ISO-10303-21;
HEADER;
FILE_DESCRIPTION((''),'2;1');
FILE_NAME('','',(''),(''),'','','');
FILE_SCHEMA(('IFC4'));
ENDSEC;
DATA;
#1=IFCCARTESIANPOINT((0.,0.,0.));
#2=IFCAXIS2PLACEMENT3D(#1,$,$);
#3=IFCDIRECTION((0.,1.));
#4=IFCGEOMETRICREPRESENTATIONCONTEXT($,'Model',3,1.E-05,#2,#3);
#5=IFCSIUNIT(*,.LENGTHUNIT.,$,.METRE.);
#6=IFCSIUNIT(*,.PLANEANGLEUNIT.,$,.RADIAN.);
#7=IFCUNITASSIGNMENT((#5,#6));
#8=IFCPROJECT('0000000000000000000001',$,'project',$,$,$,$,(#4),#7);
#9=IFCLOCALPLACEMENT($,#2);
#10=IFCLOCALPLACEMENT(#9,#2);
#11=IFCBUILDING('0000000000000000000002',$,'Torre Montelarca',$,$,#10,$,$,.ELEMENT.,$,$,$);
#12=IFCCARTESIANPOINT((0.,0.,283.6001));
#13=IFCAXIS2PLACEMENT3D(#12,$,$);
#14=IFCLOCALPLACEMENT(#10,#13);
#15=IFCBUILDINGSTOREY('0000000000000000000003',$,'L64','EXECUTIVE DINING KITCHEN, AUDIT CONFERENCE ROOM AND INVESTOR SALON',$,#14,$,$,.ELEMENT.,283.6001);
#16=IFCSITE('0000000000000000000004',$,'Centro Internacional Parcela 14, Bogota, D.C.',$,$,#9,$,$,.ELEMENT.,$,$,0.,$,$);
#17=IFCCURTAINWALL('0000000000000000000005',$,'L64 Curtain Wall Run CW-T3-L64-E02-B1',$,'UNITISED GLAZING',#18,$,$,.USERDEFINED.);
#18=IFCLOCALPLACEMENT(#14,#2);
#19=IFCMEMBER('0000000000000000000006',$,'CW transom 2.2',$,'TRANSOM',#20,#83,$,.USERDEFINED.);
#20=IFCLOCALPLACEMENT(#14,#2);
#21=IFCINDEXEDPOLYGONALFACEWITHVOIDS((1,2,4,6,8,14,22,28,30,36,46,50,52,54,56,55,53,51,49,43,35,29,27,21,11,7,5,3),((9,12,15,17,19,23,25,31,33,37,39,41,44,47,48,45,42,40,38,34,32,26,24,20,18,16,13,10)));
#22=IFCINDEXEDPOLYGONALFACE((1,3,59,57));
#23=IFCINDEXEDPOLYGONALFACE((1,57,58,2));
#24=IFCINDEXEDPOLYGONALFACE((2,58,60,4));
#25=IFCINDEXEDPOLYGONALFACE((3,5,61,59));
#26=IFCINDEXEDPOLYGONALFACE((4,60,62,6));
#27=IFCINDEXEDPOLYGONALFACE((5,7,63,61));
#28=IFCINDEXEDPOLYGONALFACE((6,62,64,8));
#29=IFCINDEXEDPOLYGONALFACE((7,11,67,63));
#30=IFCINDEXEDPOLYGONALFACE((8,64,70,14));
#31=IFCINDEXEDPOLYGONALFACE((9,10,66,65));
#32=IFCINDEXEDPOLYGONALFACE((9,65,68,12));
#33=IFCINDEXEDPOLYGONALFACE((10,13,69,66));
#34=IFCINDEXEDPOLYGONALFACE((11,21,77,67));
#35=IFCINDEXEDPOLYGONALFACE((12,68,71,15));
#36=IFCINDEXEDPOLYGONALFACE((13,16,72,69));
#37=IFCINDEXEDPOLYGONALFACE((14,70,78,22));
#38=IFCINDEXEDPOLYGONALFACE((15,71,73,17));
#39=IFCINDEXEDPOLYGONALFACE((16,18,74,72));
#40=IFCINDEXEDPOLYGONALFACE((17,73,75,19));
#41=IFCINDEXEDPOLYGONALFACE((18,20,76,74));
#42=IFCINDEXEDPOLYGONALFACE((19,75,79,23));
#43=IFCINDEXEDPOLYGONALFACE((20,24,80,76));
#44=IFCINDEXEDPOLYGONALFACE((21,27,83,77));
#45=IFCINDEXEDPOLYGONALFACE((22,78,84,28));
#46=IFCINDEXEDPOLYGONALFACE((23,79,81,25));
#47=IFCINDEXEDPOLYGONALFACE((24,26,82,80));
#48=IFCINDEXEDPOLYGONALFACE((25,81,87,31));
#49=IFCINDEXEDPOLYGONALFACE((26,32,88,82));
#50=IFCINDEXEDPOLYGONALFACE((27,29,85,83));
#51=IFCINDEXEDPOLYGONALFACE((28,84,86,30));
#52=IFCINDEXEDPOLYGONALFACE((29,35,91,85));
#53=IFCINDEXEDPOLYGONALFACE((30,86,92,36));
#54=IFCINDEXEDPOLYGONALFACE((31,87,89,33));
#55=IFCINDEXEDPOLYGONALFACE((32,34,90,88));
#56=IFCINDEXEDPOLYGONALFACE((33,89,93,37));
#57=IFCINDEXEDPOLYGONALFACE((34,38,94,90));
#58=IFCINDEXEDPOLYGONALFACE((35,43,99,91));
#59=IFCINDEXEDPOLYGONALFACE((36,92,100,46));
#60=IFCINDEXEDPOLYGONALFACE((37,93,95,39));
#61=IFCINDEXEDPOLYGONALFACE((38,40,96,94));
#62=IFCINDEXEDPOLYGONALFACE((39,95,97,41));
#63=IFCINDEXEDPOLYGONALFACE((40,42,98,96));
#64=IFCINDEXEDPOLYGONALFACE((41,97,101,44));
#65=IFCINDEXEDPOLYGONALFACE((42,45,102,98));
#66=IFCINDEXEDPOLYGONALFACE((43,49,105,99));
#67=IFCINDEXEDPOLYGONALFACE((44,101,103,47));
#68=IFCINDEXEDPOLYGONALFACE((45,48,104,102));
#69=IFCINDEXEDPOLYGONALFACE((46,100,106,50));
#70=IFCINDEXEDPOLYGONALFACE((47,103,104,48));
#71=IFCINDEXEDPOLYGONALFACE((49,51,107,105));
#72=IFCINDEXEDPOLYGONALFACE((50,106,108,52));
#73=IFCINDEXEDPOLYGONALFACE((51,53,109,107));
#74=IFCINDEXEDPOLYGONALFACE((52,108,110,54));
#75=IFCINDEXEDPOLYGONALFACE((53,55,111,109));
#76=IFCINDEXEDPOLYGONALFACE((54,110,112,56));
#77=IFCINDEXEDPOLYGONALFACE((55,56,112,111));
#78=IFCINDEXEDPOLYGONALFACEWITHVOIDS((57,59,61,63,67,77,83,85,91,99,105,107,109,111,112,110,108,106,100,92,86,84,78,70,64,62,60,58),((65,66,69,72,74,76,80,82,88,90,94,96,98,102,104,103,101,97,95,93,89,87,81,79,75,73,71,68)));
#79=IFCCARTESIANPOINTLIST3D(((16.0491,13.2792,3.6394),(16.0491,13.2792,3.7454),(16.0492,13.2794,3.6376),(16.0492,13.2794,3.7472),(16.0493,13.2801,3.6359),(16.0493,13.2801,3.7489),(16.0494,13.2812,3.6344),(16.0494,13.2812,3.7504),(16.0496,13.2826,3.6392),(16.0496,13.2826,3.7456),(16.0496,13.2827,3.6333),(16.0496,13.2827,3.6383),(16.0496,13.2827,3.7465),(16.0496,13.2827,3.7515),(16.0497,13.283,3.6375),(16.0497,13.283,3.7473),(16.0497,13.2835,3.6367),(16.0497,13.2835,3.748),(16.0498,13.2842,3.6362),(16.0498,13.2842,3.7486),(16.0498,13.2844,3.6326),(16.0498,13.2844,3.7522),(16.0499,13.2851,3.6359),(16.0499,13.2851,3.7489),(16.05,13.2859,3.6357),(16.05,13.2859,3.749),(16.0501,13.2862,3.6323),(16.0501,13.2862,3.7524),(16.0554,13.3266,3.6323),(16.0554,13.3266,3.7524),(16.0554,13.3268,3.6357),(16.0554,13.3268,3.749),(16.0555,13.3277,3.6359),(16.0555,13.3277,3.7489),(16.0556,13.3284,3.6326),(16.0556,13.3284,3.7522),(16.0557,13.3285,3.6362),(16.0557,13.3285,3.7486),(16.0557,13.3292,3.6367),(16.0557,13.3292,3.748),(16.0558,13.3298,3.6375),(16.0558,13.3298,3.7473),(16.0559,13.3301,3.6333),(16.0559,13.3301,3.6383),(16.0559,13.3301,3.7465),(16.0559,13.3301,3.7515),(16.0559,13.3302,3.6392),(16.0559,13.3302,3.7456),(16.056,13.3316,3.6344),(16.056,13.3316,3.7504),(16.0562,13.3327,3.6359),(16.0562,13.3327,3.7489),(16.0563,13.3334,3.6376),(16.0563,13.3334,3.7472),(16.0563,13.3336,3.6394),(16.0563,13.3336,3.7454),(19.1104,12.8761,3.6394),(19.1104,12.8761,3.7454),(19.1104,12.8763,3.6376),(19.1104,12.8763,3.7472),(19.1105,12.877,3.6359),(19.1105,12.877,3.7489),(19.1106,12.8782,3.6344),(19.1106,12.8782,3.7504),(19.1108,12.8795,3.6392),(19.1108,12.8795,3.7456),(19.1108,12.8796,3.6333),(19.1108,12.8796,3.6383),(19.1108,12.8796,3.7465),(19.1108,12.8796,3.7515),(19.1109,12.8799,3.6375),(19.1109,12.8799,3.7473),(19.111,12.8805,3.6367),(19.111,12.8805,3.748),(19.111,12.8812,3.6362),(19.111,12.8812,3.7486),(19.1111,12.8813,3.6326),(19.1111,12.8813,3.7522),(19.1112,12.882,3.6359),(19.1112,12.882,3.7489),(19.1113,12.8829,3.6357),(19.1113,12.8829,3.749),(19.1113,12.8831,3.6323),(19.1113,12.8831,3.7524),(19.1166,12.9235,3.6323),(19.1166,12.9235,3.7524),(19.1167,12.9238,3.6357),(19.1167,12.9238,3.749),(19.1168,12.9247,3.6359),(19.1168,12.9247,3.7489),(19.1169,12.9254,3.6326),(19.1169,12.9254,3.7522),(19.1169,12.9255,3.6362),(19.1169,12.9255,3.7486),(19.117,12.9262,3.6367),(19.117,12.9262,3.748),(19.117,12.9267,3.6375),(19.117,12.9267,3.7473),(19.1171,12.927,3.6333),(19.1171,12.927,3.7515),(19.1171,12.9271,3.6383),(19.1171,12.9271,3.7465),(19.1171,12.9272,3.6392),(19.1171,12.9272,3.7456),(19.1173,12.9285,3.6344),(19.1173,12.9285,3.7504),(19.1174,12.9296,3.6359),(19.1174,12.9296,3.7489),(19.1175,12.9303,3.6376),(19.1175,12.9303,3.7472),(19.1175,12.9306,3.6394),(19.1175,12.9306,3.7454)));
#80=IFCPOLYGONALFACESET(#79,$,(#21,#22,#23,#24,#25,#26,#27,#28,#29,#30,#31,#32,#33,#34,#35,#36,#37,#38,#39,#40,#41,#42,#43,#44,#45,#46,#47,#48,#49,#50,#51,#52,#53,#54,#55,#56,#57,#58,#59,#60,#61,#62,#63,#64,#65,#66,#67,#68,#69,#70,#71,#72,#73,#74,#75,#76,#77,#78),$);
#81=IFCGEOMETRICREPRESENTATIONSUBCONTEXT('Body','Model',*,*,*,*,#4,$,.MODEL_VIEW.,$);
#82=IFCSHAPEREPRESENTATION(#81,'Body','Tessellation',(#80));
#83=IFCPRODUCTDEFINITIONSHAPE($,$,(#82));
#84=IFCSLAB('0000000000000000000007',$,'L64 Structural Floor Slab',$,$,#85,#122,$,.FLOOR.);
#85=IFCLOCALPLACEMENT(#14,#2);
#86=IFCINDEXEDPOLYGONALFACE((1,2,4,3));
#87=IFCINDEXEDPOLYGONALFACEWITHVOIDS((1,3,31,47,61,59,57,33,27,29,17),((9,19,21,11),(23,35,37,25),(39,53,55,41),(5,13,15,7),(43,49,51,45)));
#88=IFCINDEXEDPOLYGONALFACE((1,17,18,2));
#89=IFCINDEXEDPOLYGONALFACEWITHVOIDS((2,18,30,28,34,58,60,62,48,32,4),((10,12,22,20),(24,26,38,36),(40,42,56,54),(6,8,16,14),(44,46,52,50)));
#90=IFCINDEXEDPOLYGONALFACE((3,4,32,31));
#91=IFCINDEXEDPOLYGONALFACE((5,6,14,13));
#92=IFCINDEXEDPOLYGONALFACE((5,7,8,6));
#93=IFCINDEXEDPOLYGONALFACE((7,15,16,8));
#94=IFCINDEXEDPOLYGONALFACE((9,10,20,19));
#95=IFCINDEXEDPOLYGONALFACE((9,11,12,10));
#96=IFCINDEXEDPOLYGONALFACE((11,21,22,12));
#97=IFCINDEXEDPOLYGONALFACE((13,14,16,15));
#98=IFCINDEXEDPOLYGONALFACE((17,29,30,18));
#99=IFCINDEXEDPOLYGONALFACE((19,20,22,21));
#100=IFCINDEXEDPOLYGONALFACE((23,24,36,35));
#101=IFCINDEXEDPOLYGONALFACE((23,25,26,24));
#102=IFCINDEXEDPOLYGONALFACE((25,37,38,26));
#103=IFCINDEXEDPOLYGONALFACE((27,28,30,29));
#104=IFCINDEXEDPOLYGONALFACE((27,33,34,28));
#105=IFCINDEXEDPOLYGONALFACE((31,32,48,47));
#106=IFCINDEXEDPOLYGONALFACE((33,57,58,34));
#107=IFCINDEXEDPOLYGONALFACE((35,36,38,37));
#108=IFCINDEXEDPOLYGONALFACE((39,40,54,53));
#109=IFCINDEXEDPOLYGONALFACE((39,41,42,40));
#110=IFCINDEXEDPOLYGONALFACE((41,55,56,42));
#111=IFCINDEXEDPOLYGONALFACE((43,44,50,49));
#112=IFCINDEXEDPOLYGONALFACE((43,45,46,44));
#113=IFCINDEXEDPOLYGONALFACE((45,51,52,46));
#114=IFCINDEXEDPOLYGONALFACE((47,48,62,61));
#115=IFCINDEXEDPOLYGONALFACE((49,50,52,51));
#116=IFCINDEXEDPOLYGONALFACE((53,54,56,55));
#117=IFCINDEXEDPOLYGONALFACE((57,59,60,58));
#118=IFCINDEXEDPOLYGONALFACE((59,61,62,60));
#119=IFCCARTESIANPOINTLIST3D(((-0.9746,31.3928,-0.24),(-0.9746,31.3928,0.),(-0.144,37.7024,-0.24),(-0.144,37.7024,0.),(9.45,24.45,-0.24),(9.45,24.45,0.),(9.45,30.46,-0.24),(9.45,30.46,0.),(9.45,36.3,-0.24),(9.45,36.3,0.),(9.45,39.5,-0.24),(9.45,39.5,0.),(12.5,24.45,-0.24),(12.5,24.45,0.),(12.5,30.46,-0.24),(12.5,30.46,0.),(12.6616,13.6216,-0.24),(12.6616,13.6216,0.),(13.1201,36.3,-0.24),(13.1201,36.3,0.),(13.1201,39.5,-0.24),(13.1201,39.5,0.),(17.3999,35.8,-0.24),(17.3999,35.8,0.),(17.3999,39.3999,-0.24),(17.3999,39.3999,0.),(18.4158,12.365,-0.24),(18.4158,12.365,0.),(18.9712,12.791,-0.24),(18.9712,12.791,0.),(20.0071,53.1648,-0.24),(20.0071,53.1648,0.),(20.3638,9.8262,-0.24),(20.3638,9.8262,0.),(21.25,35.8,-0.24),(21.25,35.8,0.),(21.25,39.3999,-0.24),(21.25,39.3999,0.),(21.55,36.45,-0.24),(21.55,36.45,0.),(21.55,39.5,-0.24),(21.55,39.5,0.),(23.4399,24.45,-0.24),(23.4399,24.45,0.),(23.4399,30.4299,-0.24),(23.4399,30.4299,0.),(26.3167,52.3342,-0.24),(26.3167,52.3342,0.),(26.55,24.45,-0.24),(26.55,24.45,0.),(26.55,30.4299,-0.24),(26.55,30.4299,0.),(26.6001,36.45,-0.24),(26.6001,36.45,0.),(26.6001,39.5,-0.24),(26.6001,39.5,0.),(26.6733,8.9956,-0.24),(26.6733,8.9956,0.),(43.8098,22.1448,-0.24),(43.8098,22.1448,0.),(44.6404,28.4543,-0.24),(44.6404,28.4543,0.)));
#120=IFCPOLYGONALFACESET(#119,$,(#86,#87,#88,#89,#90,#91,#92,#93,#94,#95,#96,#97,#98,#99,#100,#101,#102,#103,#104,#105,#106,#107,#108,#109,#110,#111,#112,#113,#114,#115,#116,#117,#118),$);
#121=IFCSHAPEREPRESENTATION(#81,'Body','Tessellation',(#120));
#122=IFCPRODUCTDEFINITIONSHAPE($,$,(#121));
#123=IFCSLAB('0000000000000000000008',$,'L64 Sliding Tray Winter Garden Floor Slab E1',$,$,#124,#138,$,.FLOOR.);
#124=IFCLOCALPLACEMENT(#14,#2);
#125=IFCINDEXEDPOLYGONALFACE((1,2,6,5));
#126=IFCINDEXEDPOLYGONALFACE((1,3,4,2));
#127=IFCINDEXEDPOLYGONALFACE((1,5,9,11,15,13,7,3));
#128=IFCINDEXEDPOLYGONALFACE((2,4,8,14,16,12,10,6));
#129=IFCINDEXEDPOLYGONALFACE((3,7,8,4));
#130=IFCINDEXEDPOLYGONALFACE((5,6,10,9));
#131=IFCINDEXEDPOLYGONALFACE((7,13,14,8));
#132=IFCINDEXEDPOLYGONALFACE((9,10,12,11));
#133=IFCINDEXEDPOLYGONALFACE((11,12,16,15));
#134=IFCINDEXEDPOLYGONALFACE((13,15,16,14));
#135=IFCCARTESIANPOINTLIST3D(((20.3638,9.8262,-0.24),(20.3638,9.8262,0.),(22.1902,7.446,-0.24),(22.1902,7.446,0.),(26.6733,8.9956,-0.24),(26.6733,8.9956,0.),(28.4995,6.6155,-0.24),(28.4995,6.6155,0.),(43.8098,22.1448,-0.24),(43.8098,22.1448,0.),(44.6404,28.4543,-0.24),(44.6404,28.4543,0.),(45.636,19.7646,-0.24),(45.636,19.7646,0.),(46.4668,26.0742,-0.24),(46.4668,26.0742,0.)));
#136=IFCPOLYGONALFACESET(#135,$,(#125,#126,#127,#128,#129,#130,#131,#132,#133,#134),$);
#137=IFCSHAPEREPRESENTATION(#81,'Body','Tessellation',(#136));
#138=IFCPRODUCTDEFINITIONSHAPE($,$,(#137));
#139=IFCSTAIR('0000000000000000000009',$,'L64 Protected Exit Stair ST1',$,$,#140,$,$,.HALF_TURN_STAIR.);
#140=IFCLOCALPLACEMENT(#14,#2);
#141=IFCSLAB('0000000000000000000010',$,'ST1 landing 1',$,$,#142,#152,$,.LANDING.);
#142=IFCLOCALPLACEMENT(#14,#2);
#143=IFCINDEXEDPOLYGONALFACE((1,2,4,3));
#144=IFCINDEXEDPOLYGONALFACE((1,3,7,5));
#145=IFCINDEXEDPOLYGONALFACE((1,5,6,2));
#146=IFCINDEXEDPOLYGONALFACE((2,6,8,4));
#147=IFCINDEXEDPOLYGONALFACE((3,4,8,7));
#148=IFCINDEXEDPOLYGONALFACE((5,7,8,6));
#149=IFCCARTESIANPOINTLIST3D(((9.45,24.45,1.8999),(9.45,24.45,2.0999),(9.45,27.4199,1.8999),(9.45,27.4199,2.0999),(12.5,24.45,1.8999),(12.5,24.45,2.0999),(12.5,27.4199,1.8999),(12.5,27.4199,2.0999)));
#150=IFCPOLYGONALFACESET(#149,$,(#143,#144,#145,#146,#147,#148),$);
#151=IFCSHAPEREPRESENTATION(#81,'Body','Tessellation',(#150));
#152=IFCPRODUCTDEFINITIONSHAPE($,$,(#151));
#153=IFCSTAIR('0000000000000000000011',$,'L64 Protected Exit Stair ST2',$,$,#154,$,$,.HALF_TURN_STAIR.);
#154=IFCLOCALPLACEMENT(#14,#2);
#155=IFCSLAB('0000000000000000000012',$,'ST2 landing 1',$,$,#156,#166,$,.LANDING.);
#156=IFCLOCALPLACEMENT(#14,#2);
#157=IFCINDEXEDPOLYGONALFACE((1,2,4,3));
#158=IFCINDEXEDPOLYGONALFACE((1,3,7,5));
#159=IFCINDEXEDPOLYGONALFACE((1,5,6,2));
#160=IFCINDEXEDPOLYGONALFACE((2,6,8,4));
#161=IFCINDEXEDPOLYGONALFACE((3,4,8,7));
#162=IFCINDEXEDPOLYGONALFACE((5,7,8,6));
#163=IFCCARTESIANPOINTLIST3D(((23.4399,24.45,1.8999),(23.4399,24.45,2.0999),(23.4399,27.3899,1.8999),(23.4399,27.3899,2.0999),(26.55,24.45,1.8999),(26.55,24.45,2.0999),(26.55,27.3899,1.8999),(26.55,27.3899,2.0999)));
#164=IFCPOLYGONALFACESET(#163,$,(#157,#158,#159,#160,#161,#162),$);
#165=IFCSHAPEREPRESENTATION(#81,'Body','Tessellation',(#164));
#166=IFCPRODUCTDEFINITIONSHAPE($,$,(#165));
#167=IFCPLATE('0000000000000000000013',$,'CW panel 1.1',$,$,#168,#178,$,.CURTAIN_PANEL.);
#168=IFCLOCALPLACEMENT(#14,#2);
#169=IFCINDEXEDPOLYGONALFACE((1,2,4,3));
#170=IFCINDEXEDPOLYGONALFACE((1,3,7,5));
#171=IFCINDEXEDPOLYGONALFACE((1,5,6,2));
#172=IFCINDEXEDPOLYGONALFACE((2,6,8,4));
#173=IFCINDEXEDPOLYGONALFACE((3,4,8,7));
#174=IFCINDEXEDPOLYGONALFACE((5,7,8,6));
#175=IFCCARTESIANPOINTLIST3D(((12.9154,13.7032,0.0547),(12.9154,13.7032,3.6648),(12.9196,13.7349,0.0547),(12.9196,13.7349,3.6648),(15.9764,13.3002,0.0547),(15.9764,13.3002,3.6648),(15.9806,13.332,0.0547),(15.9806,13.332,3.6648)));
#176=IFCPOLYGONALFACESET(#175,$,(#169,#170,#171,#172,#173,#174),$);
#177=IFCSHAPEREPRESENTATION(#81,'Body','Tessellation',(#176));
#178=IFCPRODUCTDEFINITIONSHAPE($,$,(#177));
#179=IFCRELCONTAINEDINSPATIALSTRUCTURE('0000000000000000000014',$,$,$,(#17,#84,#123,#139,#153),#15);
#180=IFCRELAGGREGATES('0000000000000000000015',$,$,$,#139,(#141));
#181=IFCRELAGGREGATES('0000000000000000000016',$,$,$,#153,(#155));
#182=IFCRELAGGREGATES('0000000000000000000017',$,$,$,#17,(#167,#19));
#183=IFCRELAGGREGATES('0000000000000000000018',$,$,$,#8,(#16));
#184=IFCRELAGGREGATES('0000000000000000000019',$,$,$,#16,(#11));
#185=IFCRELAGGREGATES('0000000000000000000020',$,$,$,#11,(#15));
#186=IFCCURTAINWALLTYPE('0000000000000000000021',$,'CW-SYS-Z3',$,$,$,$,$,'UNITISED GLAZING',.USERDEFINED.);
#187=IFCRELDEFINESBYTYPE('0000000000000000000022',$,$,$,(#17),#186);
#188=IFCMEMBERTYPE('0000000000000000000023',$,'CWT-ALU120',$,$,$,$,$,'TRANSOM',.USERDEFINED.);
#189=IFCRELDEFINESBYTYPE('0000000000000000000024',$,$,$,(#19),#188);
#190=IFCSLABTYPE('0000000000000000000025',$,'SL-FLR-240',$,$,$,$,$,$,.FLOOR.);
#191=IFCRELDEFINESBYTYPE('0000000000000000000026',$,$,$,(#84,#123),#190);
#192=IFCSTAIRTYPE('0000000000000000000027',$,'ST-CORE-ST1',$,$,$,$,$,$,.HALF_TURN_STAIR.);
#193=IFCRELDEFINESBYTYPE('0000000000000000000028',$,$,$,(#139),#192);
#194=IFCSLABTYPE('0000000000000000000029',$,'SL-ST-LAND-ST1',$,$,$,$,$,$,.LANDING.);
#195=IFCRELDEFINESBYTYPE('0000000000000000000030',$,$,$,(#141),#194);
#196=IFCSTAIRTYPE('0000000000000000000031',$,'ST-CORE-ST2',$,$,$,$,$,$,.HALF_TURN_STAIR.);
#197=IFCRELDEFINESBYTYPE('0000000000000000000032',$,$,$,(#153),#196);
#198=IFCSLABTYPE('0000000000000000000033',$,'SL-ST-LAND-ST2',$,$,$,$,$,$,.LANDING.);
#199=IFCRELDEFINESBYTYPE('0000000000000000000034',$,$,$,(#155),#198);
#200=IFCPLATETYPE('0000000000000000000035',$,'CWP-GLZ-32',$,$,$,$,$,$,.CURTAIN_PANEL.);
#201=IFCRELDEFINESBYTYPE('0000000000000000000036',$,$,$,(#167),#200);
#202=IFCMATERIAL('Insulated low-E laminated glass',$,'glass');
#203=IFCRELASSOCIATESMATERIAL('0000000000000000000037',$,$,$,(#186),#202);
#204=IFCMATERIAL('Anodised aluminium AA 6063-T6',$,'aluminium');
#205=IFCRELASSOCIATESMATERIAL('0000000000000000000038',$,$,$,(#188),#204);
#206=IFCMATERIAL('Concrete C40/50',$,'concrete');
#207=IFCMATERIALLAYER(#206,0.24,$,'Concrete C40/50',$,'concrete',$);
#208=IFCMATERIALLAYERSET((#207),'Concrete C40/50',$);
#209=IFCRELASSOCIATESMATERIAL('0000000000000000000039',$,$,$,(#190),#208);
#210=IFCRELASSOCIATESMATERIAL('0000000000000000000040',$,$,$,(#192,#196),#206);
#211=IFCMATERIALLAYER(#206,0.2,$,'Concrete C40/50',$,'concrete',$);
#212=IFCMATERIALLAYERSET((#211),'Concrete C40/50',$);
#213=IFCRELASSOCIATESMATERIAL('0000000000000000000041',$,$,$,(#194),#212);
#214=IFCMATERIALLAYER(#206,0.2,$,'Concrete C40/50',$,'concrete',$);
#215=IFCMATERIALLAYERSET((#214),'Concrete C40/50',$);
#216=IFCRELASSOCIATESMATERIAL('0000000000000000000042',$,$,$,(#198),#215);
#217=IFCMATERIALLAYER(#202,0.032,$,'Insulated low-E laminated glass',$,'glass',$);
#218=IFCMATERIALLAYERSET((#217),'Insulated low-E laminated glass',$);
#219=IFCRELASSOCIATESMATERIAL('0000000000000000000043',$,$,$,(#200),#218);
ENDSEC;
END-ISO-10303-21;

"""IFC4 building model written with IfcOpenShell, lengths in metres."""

from ifc_helpers import new_model, si_unit, direction, frame, origin, origin_2d, place, context, subcontext, project, spatial, polyline, rectangle, hollow_rectangle, outline, extrude, source, transform, mapped, material, layer, layer_set, material_profile, profile_set, type_object, element, aggregate, save


model = new_model("IFC4")

# Units and contexts
model_context = context("Model", 3, precision=1e-05, world=origin(), true_north=direction((0.0, 1.0)))
body_context = subcontext(model_context, "Body", "Model", "MODEL_VIEW")
ifc_project = project(units=[si_unit("LENGTHUNIT", "METRE"), si_unit("PLANEANGLEUNIT", "RADIAN")], contexts=[model_context])

# Site, building, storey
site_placement = place(None, origin())
site = spatial("IfcSite", under=ifc_project, at=site_placement, Name="Centro Internacional Parcela 14, Bogota, D.C.", CompositionType="ELEMENT", RefElevation=0.0)
building_placement = place(site_placement, origin())
building = spatial("IfcBuilding", under=site, at=building_placement, Name="Torre Montelarca", CompositionType="ELEMENT")
storey_placement = place(building_placement, frame((0.0, 0.0, 283.6001)))
storey = spatial("IfcBuildingStorey", under=building, at=storey_placement, Name="L64", Description="EXECUTIVE DINING KITCHEN, AUDIT CONFERENCE ROOM AND INVESTOR SALON", CompositionType="ELEMENT", Elevation=283.6001)

# Curtain wall
ifc_material_1 = material(Name="Insulated low-E laminated glass", Category="glass")
curtain_wall_type = type_object("IfcCurtainWallType", Name="CW-SYS-Z3", ElementType="UNITISED GLAZING", PredefinedType="USERDEFINED", material=ifc_material_1)
curtain_wall_1_placement = place(storey_placement, origin())
curtain_wall_1 = element("IfcCurtainWall", 1, at=curtain_wall_1_placement, inside=storey, type_object=curtain_wall_type, Name="L64 Curtain Wall Run CW-T3-L64-E02-B1", ObjectType="UNITISED GLAZING", PredefinedType="USERDEFINED")
ifc_material_2 = material(Name="Anodised aluminium AA 6063-T6", Category="aluminium")
ifc_material_profile_1 = material_profile(ifc_material_2, hollow_rectangle(XDim=0.0549, YDim=0.1201, WallThickness=0.0034, InnerFilletRadius=0.0034, OuterFilletRadius=0.0071, at=origin_2d()), Name="ALU55X120X3.5", Category="aluminium")
ifc_profile_set_1 = profile_set([ifc_material_profile_1], Name="Anodised aluminium AA 6063-T6")
member_type_1 = type_object("IfcMemberType", Name="CWT-ALU120", ElementType="TRANSOM", PredefinedType="USERDEFINED", material=ifc_profile_set_1)

# Member
shared_shape_1 = source(origin(), body_context, "Body", "SweptSolid", [
    extrude(hollow_rectangle(XDim=0.0549, YDim=0.1201, WallThickness=0.0034, InnerFilletRadius=0.0034, OuterFilletRadius=0.0071, at=origin_2d()), origin(), (0.0, 0.0, 1.0), 3.0876),
])
member_1_placement = place(storey_placement, frame((16.0527, 13.3064, 3.6924), z_axis=(0.991443, -0.130542, 0.0), x_axis=(0.130542, 0.991443, 0.0)))
member_1 = element("IfcMember", 2, at=member_1_placement, type_object=member_type_1, Name="CW transom 2.2", ObjectType="TRANSOM", PredefinedType="USERDEFINED", context=body_context, shape_type="MappedRepresentation", body=[
    mapped(shared_shape_1, transform((0.0, 0.0, 0.0), scale=1.0)),
])

# Slabs
ifc_material_3 = material(Name="Concrete C40/50", Category="concrete")
ifc_layer_1 = layer(ifc_material_3, 0.24, Name="Concrete C40/50", Category="concrete")
ifc_layer_set_1 = layer_set([ifc_layer_1], Name="Concrete C40/50")
slab_type_1 = type_object("IfcSlabType", Name="SL-FLR-240", PredefinedType="FLOOR", material=ifc_layer_set_1)
slab_1_placement = place(storey_placement, frame((0.0, 0.0, -0.24)))
element("IfcSlab", 3, at=slab_1_placement, inside=storey, type_object=slab_type_1, Name="L64 Structural Floor Slab", PredefinedType="FLOOR", context=body_context, shape_type="SweptSolid", body=[
    extrude(outline(polyline([(12.6616, 13.6216), (18.9712, 12.791), (18.4158, 12.365), (20.3638, 9.8262), (26.6733, 8.9956), (43.8098, 22.1448), (44.6404, 28.4543), (26.3167, 52.3342), (20.0071, 53.1648), (-0.144, 37.7024), (-0.9746, 31.3928), (12.6616, 13.6216)]), holes=[polyline([(26.55, 24.45), (23.4399, 24.45), (23.4399, 30.4299), (26.55, 30.4299), (26.55, 24.45)]), polyline([(12.5, 24.45), (9.45, 24.45), (9.45, 30.46), (12.5, 30.46), (12.5, 24.45)]), polyline([(21.25, 39.3999), (21.25, 35.8), (17.3999, 35.8), (17.3999, 39.3999), (21.25, 39.3999)]), polyline([(13.1201, 36.3), (9.45, 36.3), (9.45, 39.5), (13.1201, 39.5), (13.1201, 36.3)]), polyline([(26.6001, 36.45), (21.55, 36.45), (21.55, 39.5), (26.6001, 39.5), (26.6001, 36.45)])]), origin(), (0.0, 0.0, 1.0), 0.24),
])
slab_2_placement = place(storey_placement, frame((0.0, 0.0, -0.24)))
element("IfcSlab", 4, at=slab_2_placement, inside=storey, type_object=slab_type_1, Name="L64 Sliding Tray Winter Garden Floor Slab E1", PredefinedType="FLOOR", context=body_context, shape_type="SweptSolid", body=[
    extrude(outline(polyline([(44.6404, 28.4543), (43.8098, 22.1448), (26.6733, 8.9956), (20.3638, 9.8262), (22.1902, 7.446), (28.4995, 6.6155), (45.636, 19.7646), (46.4668, 26.0742), (44.6404, 28.4543)])), origin(), (0.0, 0.0, 1.0), 0.24),
])

# Stairs, slabs
stair_type_1 = type_object("IfcStairType", Name="ST-CORE-ST1", PredefinedType="HALF_TURN_STAIR", material=ifc_material_3)
stair_1_placement = place(storey_placement, origin())
stair_1 = element("IfcStair", 5, at=stair_1_placement, inside=storey, type_object=stair_type_1, Name="L64 Protected Exit Stair ST1", PredefinedType="HALF_TURN_STAIR")
ifc_layer_2 = layer(ifc_material_3, 0.2, Name="Concrete C40/50", Category="concrete")
ifc_layer_set_2 = layer_set([ifc_layer_2], Name="Concrete C40/50")
slab_type_2 = type_object("IfcSlabType", Name="SL-ST-LAND-ST1", PredefinedType="LANDING", material=ifc_layer_set_2)
slab_3_placement = place(storey_placement, frame((0.0, 0.0, 1.8999)))
slab_3 = element("IfcSlab", 6, at=slab_3_placement, type_object=slab_type_2, Name="ST1 landing 1", PredefinedType="LANDING", context=body_context, shape_type="SweptSolid", body=[
    extrude(outline(polyline([(9.45, 27.4199), (9.45, 24.45), (12.5, 24.45), (12.5, 27.4199), (9.45, 27.4199)])), origin(), (0.0, 0.0, 1.0), 0.2),
])
aggregate(stair_1, [slab_3])
stair_type_2 = type_object("IfcStairType", Name="ST-CORE-ST2", PredefinedType="HALF_TURN_STAIR", material=ifc_material_3)
stair_2_placement = place(storey_placement, origin())
stair_2 = element("IfcStair", 7, at=stair_2_placement, inside=storey, type_object=stair_type_2, Name="L64 Protected Exit Stair ST2", PredefinedType="HALF_TURN_STAIR")
ifc_layer_3 = layer(ifc_material_3, 0.2, Name="Concrete C40/50", Category="concrete")
ifc_layer_set_3 = layer_set([ifc_layer_3], Name="Concrete C40/50")
slab_type_3 = type_object("IfcSlabType", Name="SL-ST-LAND-ST2", PredefinedType="LANDING", material=ifc_layer_set_3)
slab_4_placement = place(storey_placement, frame((0.0, 0.0, 1.8999)))
slab_4 = element("IfcSlab", 8, at=slab_4_placement, type_object=slab_type_3, Name="ST2 landing 1", PredefinedType="LANDING", context=body_context, shape_type="SweptSolid", body=[
    extrude(outline(polyline([(23.4399, 27.3899), (23.4399, 24.45), (26.55, 24.45), (26.55, 27.3899), (23.4399, 27.3899)])), origin(), (0.0, 0.0, 1.0), 0.2),
])
aggregate(stair_2, [slab_4])

# Plate
ifc_layer_4 = layer(ifc_material_1, 0.032, Name="Insulated low-E laminated glass", Category="glass")
ifc_layer_set_4 = layer_set([ifc_layer_4], Name="Insulated low-E laminated glass")
plate_type = type_object("IfcPlateType", Name="CWP-GLZ-32", PredefinedType="CURTAIN_PANEL", material=ifc_layer_set_4)
shared_shape_2 = source(origin(), body_context, "Body", "SweptSolid", [
    extrude(rectangle(XDim=3.0874, YDim=0.032, at=origin_2d()), origin(), (0.0, 0.0, 1.0), 3.6101),
])
plate_1_placement = place(storey_placement, frame((14.448, 13.5176, 0.0547), z_axis=(0.0, 0.0, 1.0), x_axis=(0.991446, -0.130515, 0.0)))
plate_1 = element("IfcPlate", 9, at=plate_1_placement, type_object=plate_type, Name="CW panel 1.1", PredefinedType="CURTAIN_PANEL", context=body_context, shape_type="MappedRepresentation", body=[
    mapped(shared_shape_2, transform((0.0, 0.0, 0.0), scale=1.0)),
])
aggregate(curtain_wall_1, [plate_1, member_1])

save(model, "model.ifc")
